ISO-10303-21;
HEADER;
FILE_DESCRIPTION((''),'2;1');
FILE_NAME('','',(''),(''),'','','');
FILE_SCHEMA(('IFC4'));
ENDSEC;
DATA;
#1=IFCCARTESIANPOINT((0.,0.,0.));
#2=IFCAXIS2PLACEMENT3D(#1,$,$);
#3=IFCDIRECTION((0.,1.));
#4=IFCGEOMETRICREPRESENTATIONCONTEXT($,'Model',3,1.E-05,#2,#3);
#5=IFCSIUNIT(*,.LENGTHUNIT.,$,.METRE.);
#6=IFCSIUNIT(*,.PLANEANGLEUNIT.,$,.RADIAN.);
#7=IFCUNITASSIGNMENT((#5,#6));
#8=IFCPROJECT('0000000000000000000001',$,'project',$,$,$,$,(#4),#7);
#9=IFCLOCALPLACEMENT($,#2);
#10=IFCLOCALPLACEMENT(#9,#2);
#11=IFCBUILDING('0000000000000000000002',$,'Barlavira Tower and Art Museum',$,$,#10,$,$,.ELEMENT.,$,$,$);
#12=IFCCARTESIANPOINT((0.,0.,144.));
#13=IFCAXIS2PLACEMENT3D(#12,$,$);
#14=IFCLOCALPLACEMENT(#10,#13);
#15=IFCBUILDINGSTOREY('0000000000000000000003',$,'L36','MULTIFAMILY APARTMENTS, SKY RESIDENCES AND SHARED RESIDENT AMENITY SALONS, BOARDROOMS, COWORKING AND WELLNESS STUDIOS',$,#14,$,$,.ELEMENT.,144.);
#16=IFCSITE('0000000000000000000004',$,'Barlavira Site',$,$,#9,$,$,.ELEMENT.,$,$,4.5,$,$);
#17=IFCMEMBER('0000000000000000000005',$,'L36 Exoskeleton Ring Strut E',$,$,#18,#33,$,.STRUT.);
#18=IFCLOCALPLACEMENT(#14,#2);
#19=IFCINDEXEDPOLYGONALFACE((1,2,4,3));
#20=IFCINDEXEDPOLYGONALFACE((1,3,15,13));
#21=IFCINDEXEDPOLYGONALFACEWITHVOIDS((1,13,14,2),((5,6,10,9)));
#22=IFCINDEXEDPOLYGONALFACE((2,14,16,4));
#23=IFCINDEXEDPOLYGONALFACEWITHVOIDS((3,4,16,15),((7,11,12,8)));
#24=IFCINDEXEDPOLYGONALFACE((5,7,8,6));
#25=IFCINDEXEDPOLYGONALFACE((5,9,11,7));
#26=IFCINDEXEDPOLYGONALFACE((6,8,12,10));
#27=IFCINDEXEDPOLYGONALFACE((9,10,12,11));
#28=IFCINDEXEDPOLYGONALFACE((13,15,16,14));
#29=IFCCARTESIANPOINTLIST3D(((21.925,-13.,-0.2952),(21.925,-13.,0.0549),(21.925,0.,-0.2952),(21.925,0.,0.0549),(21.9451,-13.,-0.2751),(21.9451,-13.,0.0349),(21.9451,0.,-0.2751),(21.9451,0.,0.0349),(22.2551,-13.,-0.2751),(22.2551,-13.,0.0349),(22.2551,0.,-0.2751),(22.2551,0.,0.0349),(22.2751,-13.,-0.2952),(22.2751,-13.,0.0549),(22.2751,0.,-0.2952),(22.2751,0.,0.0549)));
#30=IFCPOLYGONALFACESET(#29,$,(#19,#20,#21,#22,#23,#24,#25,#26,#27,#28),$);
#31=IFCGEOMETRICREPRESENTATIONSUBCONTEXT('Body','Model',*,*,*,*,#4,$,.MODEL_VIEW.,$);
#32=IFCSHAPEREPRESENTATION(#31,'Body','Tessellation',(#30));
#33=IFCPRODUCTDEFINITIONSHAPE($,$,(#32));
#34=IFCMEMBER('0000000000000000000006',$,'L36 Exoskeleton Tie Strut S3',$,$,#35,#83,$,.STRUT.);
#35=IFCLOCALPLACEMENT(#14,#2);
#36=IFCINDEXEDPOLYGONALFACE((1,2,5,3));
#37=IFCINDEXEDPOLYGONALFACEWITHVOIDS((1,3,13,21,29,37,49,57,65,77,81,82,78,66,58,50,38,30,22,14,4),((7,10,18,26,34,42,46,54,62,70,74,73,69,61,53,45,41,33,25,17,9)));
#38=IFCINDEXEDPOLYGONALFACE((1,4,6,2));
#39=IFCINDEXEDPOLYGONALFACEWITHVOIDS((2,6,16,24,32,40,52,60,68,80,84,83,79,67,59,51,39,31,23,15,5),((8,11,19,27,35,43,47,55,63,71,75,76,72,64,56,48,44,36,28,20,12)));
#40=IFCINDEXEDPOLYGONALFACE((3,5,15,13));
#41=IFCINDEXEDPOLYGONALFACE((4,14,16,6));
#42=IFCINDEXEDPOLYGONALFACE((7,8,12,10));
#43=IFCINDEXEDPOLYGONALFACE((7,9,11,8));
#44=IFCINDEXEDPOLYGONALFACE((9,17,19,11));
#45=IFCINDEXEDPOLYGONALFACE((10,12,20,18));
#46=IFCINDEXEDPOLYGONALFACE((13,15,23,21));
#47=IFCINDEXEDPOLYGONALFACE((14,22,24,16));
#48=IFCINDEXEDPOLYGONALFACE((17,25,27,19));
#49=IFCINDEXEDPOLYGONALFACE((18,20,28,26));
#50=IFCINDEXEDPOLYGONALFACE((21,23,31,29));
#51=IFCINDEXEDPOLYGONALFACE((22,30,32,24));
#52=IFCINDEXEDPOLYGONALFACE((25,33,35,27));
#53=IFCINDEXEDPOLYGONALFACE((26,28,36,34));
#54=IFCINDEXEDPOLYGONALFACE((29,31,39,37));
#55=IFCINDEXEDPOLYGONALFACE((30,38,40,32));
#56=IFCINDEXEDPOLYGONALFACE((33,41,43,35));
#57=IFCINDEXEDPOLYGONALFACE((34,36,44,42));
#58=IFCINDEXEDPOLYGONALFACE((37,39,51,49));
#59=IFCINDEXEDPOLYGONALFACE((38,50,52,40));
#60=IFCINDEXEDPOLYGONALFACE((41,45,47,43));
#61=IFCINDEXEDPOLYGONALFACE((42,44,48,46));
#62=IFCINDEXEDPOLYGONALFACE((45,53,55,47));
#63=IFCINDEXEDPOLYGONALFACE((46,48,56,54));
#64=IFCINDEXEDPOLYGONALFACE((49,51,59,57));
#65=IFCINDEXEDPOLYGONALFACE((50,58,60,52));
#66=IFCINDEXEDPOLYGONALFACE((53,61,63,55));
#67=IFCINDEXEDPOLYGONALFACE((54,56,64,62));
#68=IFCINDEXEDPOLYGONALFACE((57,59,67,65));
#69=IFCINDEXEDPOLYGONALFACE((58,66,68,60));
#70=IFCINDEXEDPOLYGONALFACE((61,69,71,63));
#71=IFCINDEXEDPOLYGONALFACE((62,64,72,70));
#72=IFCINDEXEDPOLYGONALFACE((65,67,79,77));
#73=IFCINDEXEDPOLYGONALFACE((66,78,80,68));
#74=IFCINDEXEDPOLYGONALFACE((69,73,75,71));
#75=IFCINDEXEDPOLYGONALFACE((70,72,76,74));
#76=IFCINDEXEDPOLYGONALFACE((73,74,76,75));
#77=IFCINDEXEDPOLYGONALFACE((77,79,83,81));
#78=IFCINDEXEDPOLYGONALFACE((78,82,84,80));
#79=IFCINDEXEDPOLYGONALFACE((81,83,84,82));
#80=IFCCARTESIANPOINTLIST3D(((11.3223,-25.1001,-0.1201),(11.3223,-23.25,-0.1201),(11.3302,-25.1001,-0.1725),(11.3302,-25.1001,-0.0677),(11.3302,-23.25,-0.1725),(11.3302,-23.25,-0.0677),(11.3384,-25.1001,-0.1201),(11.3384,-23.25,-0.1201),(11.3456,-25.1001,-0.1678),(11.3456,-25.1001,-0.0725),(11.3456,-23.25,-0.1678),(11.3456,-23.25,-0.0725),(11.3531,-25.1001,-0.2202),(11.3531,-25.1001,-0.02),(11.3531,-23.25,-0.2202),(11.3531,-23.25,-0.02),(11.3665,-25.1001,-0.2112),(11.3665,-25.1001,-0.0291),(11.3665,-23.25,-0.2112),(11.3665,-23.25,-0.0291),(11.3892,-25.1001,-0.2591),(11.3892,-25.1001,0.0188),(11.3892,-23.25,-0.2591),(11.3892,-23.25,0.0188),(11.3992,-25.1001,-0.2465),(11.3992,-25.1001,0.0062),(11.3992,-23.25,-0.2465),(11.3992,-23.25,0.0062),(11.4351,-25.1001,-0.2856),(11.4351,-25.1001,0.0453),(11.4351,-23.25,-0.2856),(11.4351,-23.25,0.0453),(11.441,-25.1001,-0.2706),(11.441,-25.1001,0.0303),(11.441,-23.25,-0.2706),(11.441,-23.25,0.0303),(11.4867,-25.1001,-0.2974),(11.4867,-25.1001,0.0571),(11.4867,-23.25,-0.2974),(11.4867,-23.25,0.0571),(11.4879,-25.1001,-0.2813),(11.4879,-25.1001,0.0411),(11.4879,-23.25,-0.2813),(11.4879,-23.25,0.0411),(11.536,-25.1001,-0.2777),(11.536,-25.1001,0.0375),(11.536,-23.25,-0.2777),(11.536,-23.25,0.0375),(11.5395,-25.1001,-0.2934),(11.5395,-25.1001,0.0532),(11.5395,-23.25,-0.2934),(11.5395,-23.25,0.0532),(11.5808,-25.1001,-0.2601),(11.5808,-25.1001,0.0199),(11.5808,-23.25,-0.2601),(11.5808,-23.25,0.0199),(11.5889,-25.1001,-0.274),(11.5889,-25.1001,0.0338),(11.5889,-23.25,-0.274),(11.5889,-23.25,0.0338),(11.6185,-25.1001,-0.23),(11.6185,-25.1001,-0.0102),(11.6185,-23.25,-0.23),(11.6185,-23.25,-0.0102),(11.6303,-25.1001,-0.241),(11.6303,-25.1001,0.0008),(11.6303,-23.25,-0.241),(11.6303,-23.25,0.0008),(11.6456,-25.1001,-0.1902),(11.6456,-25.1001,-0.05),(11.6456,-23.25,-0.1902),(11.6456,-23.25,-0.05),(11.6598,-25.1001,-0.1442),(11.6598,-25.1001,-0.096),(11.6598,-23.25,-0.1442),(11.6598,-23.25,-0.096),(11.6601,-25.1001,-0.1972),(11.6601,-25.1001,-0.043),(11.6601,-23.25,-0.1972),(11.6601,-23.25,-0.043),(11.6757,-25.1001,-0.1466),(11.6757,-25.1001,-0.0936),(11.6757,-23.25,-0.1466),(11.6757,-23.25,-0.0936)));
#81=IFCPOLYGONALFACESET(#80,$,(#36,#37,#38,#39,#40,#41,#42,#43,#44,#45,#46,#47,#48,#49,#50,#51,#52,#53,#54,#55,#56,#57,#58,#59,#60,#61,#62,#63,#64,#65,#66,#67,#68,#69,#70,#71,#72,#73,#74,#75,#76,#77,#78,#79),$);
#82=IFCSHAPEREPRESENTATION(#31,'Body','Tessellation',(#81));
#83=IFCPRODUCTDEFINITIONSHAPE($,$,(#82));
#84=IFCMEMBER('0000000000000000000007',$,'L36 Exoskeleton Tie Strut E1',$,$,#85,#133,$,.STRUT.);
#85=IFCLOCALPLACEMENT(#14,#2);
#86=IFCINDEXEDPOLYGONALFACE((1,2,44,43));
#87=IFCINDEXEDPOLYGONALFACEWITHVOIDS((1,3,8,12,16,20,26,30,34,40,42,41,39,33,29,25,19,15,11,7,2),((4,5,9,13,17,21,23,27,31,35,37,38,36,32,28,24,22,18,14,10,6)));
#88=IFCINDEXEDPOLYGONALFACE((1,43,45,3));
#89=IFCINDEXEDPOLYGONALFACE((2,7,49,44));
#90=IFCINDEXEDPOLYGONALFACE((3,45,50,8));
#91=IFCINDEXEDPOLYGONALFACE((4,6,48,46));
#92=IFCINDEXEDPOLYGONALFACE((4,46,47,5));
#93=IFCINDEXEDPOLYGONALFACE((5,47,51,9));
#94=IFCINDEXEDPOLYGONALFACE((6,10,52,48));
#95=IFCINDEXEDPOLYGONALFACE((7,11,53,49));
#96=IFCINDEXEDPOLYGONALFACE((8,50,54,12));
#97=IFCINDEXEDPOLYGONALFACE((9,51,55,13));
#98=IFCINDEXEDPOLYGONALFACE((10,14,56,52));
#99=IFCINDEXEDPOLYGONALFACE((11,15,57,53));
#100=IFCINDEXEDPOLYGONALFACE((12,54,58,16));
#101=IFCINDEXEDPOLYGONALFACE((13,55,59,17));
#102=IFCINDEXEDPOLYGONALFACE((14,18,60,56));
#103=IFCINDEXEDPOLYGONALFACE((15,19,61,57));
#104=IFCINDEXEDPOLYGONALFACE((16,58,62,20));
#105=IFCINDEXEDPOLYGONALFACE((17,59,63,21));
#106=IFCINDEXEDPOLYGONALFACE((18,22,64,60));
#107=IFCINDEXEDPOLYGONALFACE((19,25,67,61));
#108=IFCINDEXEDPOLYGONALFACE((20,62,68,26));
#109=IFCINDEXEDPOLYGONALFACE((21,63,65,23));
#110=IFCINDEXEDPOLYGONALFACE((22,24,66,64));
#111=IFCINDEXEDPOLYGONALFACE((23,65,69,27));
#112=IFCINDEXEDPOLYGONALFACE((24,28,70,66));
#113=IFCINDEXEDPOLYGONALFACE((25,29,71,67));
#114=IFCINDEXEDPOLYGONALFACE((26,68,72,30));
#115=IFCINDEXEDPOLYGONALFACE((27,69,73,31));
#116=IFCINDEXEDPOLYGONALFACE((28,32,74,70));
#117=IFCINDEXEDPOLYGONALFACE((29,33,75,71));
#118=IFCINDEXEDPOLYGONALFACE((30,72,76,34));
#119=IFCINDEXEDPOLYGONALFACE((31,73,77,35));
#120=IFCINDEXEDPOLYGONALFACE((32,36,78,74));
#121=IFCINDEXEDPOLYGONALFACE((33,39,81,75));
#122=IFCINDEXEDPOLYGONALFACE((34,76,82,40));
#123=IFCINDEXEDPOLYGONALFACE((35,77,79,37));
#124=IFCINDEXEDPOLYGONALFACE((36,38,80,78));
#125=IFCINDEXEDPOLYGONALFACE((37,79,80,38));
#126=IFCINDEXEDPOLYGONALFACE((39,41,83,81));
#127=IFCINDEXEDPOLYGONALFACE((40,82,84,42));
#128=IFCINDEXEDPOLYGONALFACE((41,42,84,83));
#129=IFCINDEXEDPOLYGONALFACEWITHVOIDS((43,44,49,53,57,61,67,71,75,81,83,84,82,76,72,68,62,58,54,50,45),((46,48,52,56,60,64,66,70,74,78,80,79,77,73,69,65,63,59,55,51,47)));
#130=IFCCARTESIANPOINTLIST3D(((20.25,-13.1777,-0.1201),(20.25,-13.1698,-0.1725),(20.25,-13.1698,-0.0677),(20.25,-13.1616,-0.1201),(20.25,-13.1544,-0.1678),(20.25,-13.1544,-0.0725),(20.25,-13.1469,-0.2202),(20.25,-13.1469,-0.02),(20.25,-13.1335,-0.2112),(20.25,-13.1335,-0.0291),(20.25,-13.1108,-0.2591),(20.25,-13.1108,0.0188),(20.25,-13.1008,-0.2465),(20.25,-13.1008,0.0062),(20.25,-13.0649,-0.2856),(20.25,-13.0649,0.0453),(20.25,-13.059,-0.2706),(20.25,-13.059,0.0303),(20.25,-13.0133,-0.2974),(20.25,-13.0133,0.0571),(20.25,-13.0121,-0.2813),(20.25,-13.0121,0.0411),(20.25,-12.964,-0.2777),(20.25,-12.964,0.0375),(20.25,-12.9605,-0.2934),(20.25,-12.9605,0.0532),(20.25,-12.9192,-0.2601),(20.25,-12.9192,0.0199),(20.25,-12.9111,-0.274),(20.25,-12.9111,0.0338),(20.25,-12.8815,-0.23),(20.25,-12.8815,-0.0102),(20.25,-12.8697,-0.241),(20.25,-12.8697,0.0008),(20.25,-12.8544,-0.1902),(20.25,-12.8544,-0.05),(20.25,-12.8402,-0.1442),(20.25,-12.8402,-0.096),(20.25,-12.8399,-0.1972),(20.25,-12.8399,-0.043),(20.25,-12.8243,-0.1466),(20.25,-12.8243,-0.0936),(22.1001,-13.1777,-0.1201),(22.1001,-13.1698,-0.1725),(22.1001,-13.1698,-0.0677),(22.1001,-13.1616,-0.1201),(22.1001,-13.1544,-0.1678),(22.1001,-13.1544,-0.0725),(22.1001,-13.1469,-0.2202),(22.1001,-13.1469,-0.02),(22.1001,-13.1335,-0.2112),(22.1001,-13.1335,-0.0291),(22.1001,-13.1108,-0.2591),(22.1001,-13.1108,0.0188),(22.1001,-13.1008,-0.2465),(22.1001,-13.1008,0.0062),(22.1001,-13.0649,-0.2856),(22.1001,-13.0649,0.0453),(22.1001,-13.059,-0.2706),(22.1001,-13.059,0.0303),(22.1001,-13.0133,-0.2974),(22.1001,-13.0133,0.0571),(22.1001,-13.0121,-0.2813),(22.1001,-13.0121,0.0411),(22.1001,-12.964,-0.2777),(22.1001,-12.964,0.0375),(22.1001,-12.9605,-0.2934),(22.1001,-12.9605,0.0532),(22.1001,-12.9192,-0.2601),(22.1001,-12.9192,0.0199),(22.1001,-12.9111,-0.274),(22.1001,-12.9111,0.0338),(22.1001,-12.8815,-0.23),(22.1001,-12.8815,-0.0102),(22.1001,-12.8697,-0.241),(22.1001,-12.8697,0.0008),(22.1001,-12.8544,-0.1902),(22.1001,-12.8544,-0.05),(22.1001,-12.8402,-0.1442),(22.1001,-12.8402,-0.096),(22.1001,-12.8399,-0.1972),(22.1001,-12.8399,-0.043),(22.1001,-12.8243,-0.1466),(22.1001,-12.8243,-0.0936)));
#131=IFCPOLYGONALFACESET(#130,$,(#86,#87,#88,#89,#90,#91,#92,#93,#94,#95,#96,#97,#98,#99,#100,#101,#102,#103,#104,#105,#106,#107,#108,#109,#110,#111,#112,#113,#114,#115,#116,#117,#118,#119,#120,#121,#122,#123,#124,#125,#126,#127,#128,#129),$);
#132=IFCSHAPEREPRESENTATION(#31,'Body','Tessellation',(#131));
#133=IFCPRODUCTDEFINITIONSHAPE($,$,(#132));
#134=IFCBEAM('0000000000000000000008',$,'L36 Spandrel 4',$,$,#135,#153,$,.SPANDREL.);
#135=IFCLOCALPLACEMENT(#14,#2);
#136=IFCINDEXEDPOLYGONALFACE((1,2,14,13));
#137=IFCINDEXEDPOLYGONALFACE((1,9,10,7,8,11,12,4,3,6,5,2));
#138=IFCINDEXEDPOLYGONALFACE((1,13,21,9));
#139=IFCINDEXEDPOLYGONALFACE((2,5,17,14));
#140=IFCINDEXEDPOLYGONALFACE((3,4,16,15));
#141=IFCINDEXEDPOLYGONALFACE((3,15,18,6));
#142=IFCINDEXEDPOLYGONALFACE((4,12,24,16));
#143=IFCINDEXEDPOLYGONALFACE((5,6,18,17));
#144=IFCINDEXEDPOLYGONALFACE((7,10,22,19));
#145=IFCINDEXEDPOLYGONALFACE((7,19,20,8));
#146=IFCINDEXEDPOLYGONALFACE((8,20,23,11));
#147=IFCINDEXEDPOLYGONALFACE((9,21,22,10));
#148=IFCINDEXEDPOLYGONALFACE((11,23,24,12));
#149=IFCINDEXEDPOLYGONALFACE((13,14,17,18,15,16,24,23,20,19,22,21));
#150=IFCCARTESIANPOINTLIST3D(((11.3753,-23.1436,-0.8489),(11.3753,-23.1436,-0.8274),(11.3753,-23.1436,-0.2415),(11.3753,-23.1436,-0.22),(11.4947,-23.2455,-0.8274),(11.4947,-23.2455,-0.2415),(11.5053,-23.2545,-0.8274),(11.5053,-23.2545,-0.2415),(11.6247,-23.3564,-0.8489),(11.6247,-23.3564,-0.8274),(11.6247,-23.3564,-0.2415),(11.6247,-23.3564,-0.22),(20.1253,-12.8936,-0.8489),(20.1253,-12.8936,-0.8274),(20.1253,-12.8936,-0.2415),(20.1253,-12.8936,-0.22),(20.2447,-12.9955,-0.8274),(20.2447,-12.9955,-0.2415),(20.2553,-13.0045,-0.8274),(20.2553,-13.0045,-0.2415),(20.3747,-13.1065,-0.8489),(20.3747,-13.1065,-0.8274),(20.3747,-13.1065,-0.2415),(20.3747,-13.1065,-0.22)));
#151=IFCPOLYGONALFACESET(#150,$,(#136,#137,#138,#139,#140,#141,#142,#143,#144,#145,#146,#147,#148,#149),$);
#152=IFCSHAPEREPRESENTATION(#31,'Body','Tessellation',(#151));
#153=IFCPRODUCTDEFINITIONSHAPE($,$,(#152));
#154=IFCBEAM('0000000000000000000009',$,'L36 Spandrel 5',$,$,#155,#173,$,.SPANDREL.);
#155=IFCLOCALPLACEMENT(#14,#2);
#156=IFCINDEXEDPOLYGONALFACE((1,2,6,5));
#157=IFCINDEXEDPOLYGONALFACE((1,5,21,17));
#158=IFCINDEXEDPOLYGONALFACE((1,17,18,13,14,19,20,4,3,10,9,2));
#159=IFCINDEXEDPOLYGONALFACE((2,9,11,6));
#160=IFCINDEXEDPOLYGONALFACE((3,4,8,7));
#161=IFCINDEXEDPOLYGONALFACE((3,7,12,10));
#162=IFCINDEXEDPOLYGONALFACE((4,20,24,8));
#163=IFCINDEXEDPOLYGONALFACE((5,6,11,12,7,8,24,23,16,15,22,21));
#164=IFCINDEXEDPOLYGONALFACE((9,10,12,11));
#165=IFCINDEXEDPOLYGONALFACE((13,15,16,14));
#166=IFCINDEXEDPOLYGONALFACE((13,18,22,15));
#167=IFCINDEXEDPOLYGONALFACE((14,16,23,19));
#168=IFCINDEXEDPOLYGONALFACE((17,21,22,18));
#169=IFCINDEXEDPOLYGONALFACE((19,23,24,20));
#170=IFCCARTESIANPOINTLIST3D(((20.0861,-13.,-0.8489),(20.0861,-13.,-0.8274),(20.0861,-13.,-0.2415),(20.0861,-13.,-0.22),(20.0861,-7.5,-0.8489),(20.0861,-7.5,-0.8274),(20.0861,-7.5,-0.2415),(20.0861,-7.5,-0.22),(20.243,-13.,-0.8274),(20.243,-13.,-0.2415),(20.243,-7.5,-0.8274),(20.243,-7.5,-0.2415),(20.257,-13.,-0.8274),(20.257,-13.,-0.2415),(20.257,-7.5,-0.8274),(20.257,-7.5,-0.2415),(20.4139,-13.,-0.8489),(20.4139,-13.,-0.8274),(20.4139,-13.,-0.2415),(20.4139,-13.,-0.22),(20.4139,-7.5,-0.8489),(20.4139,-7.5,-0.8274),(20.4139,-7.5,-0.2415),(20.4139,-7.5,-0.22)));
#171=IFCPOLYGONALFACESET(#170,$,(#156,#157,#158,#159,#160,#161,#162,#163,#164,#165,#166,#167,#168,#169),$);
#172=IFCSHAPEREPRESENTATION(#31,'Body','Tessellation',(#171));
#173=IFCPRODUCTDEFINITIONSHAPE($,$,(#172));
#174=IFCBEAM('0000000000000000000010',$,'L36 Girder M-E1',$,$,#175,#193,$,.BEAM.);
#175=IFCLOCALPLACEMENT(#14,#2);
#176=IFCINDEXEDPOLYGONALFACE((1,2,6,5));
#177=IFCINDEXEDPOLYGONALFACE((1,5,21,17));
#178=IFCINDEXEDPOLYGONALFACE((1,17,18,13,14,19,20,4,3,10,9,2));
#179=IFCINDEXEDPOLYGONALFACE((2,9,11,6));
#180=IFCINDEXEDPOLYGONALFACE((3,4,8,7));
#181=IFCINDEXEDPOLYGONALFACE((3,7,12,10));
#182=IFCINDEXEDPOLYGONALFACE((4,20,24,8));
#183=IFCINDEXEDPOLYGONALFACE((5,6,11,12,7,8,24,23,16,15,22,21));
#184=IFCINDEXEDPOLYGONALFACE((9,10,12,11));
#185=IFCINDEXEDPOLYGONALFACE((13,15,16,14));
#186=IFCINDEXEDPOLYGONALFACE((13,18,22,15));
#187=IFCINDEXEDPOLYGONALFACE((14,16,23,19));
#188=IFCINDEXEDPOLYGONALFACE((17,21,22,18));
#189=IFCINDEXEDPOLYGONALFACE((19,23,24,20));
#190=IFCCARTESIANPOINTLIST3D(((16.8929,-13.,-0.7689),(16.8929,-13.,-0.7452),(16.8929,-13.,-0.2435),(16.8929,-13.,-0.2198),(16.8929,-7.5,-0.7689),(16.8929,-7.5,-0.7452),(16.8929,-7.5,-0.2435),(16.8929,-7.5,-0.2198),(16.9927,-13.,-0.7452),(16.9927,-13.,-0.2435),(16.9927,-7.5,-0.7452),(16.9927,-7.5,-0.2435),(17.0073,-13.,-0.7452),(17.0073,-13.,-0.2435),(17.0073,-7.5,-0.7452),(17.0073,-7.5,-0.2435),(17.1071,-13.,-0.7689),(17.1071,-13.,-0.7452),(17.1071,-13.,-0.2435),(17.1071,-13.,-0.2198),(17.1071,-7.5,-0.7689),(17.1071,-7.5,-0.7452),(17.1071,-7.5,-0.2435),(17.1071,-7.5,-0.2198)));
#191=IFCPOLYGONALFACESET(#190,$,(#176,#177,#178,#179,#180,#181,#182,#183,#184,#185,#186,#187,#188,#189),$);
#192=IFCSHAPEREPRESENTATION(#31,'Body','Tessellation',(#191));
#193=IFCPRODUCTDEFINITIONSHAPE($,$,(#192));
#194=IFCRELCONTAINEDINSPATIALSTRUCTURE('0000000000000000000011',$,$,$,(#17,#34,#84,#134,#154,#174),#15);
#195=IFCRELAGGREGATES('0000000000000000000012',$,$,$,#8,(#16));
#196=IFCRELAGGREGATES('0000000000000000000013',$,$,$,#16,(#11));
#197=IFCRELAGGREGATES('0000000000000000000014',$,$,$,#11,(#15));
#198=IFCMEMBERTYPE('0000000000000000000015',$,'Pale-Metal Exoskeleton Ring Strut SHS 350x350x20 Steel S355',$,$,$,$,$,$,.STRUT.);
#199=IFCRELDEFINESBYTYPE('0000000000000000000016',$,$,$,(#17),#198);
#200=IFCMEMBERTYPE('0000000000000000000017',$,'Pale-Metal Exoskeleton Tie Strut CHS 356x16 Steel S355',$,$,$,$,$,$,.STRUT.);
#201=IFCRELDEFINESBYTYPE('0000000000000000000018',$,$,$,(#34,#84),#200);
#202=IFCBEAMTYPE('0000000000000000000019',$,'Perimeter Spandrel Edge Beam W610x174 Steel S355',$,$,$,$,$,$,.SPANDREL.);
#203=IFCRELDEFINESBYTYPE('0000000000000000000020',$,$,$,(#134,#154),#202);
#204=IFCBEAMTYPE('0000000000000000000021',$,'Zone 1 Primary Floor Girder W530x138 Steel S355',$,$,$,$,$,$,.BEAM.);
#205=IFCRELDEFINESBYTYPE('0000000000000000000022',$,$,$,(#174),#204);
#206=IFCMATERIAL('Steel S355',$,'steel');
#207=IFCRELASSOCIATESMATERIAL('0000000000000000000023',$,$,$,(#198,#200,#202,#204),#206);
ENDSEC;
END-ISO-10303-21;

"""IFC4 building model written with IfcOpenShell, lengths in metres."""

from ifc_helpers import new_model, si_unit, direction, frame, origin, origin_2d, place, context, subcontext, project, spatial, hollow_rectangle, hollow_circle, i_section, extrude, material, material_profile, profile_set, type_object, element, save


model = new_model("IFC4")

# Units and contexts
model_context = context("Model", 3, precision=1e-05, world=origin(), true_north=direction((0.0, 1.0)))
body_context = subcontext(model_context, "Body", "Model", "MODEL_VIEW")
ifc_project = project(units=[si_unit("LENGTHUNIT", "METRE"), si_unit("PLANEANGLEUNIT", "RADIAN")], contexts=[model_context])

# Site, building, storey
site_placement = place(None, origin())
site = spatial("IfcSite", under=ifc_project, at=site_placement, Name="Barlavira Site", CompositionType="ELEMENT", RefElevation=4.5)
building_placement = place(site_placement, origin())
building = spatial("IfcBuilding", under=site, at=building_placement, Name="Barlavira Tower and Art Museum", CompositionType="ELEMENT")
storey_placement = place(building_placement, frame((0.0, 0.0, 144.0)))
storey = spatial("IfcBuildingStorey", under=building, at=storey_placement, Name="L36", Description="MULTIFAMILY APARTMENTS, SKY RESIDENCES AND SHARED RESIDENT AMENITY SALONS, BOARDROOMS, COWORKING AND WELLNESS STUDIOS", CompositionType="ELEMENT", Elevation=144.0)

# Members
ifc_material_1 = material(Name="Steel S355", Category="steel")
ifc_material_profile_1 = material_profile(ifc_material_1, hollow_rectangle(XDim=0.3501, YDim=0.3501, WallThickness=0.02, at=origin_2d()), Name="SHS 350x350x20.0")
ifc_profile_set_1 = profile_set([ifc_material_profile_1], Name="Steel S355")
member_type_1 = type_object("IfcMemberType", Name="Pale-Metal Exoskeleton Ring Strut SHS 350x350x20 Steel S355", PredefinedType="STRUT", material=ifc_profile_set_1)
member_1_placement = place(storey_placement, frame((22.1001, -13.0, -0.1201), z_axis=(0.0, 1.0, 0.0), x_axis=(-1.0, 0.0, 0.0)))
element("IfcMember", 1, at=member_1_placement, inside=storey, type_object=member_type_1, Name="L36 Exoskeleton Ring Strut E", PredefinedType="STRUT", context=body_context, shape_type="SweptSolid", body=[
    extrude(hollow_rectangle(XDim=0.3501, YDim=0.3501, WallThickness=0.02, at=origin_2d()), origin(), (0.0, 0.0, 1.0), 13.0),
])
ifc_material_profile_2 = material_profile(ifc_material_1, hollow_circle(Radius=0.1777, WallThickness=0.0161, at=origin_2d()), Name="CHS 355.6x16.0")
ifc_profile_set_2 = profile_set([ifc_material_profile_2], Name="Steel S355")
member_type_2 = type_object("IfcMemberType", Name="Pale-Metal Exoskeleton Tie Strut CHS 356x16 Steel S355", PredefinedType="STRUT", material=ifc_profile_set_2)
for number, where, z_axis, x_axis, name in (
    (2, (11.5, -25.1001, -0.1201), (0.0, 1.0, 0.0), (-1.0, 0.0, 0.0), "L36 Exoskeleton Tie Strut S3"),
    (3, (22.1001, -13.0, -0.1201), (-1.0, 0.0, 0.0), (0.0, -1.0, 0.0), "L36 Exoskeleton Tie Strut E1"),
):
    element("IfcMember", number, at=place(storey_placement, frame(where, z_axis=z_axis, x_axis=x_axis)), inside=storey, type_object=member_type_2, Name=name, PredefinedType="STRUT", context=body_context, shape_type="SweptSolid", body=[
        extrude(hollow_circle(Radius=0.1777, WallThickness=0.0161, at=origin_2d()), origin(), (0.0, 0.0, 1.0), 1.8501),
    ])

# Beams
ifc_material_profile_3 = material_profile(ifc_material_1, i_section(OverallWidth=0.3279, OverallDepth=0.6289, WebThickness=0.0139, FlangeThickness=0.0215, at=origin_2d()), Name="W610x174.0")
ifc_profile_set_3 = profile_set([ifc_material_profile_3], Name="Steel S355")
beam_type_1 = type_object("IfcBeamType", Name="Perimeter Spandrel Edge Beam W610x174 Steel S355", PredefinedType="SPANDREL", material=ifc_profile_set_3)
beam_1_placement = place(storey_placement, frame((11.5, -23.25, -0.5344), z_axis=(0.649262, 0.760565, 0.0), x_axis=(-0.760565, 0.649262, 0.0)))
element("IfcBeam", 4, at=beam_1_placement, inside=storey, type_object=beam_type_1, Name="L36 Spandrel 4", PredefinedType="SPANDREL", context=body_context, shape_type="SweptSolid", body=[
    extrude(i_section(OverallWidth=0.3279, OverallDepth=0.6289, WebThickness=0.0139, FlangeThickness=0.0215, at=origin_2d()), origin(), (0.0, 0.0, 1.0), 13.4768),
])
beam_2_placement = place(storey_placement, frame((20.25, -13.0, -0.5344), z_axis=(0.0, 1.0, 0.0), x_axis=(-1.0, 0.0, 0.0)))
element("IfcBeam", 5, at=beam_2_placement, inside=storey, type_object=beam_type_1, Name="L36 Spandrel 5", PredefinedType="SPANDREL", context=body_context, shape_type="SweptSolid", body=[
    extrude(i_section(OverallWidth=0.3279, OverallDepth=0.6289, WebThickness=0.0139, FlangeThickness=0.0215, at=origin_2d()), origin(), (0.0, 0.0, 1.0), 5.5),
])
ifc_material_profile_4 = material_profile(ifc_material_1, i_section(OverallWidth=0.2141, OverallDepth=0.5491, WebThickness=0.0146, FlangeThickness=0.0237, at=origin_2d()), Name="W530x138.0")
ifc_profile_set_4 = profile_set([ifc_material_profile_4], Name="Steel S355")
beam_type_2 = type_object("IfcBeamType", Name="Zone 1 Primary Floor Girder W530x138 Steel S355", PredefinedType="BEAM", material=ifc_profile_set_4)
for number, where, z_axis, x_axis, name in (
    (6, (17.0, -13.0, -0.4944), (0.0, 1.0, 0.0), (-1.0, 0.0, 0.0), "L36 Girder M-E1"),
):
    element("IfcBeam", number, at=place(storey_placement, frame(where, z_axis=z_axis, x_axis=x_axis)), inside=storey, type_object=beam_type_2, Name=name, PredefinedType="BEAM", context=body_context, shape_type="SweptSolid", body=[
        extrude(i_section(OverallWidth=0.2141, OverallDepth=0.5491, WebThickness=0.0146, FlangeThickness=0.0237, at=origin_2d()), origin(), (0.0, 0.0, 1.0), 5.5),
    ])

save(model, "model.ifc")
